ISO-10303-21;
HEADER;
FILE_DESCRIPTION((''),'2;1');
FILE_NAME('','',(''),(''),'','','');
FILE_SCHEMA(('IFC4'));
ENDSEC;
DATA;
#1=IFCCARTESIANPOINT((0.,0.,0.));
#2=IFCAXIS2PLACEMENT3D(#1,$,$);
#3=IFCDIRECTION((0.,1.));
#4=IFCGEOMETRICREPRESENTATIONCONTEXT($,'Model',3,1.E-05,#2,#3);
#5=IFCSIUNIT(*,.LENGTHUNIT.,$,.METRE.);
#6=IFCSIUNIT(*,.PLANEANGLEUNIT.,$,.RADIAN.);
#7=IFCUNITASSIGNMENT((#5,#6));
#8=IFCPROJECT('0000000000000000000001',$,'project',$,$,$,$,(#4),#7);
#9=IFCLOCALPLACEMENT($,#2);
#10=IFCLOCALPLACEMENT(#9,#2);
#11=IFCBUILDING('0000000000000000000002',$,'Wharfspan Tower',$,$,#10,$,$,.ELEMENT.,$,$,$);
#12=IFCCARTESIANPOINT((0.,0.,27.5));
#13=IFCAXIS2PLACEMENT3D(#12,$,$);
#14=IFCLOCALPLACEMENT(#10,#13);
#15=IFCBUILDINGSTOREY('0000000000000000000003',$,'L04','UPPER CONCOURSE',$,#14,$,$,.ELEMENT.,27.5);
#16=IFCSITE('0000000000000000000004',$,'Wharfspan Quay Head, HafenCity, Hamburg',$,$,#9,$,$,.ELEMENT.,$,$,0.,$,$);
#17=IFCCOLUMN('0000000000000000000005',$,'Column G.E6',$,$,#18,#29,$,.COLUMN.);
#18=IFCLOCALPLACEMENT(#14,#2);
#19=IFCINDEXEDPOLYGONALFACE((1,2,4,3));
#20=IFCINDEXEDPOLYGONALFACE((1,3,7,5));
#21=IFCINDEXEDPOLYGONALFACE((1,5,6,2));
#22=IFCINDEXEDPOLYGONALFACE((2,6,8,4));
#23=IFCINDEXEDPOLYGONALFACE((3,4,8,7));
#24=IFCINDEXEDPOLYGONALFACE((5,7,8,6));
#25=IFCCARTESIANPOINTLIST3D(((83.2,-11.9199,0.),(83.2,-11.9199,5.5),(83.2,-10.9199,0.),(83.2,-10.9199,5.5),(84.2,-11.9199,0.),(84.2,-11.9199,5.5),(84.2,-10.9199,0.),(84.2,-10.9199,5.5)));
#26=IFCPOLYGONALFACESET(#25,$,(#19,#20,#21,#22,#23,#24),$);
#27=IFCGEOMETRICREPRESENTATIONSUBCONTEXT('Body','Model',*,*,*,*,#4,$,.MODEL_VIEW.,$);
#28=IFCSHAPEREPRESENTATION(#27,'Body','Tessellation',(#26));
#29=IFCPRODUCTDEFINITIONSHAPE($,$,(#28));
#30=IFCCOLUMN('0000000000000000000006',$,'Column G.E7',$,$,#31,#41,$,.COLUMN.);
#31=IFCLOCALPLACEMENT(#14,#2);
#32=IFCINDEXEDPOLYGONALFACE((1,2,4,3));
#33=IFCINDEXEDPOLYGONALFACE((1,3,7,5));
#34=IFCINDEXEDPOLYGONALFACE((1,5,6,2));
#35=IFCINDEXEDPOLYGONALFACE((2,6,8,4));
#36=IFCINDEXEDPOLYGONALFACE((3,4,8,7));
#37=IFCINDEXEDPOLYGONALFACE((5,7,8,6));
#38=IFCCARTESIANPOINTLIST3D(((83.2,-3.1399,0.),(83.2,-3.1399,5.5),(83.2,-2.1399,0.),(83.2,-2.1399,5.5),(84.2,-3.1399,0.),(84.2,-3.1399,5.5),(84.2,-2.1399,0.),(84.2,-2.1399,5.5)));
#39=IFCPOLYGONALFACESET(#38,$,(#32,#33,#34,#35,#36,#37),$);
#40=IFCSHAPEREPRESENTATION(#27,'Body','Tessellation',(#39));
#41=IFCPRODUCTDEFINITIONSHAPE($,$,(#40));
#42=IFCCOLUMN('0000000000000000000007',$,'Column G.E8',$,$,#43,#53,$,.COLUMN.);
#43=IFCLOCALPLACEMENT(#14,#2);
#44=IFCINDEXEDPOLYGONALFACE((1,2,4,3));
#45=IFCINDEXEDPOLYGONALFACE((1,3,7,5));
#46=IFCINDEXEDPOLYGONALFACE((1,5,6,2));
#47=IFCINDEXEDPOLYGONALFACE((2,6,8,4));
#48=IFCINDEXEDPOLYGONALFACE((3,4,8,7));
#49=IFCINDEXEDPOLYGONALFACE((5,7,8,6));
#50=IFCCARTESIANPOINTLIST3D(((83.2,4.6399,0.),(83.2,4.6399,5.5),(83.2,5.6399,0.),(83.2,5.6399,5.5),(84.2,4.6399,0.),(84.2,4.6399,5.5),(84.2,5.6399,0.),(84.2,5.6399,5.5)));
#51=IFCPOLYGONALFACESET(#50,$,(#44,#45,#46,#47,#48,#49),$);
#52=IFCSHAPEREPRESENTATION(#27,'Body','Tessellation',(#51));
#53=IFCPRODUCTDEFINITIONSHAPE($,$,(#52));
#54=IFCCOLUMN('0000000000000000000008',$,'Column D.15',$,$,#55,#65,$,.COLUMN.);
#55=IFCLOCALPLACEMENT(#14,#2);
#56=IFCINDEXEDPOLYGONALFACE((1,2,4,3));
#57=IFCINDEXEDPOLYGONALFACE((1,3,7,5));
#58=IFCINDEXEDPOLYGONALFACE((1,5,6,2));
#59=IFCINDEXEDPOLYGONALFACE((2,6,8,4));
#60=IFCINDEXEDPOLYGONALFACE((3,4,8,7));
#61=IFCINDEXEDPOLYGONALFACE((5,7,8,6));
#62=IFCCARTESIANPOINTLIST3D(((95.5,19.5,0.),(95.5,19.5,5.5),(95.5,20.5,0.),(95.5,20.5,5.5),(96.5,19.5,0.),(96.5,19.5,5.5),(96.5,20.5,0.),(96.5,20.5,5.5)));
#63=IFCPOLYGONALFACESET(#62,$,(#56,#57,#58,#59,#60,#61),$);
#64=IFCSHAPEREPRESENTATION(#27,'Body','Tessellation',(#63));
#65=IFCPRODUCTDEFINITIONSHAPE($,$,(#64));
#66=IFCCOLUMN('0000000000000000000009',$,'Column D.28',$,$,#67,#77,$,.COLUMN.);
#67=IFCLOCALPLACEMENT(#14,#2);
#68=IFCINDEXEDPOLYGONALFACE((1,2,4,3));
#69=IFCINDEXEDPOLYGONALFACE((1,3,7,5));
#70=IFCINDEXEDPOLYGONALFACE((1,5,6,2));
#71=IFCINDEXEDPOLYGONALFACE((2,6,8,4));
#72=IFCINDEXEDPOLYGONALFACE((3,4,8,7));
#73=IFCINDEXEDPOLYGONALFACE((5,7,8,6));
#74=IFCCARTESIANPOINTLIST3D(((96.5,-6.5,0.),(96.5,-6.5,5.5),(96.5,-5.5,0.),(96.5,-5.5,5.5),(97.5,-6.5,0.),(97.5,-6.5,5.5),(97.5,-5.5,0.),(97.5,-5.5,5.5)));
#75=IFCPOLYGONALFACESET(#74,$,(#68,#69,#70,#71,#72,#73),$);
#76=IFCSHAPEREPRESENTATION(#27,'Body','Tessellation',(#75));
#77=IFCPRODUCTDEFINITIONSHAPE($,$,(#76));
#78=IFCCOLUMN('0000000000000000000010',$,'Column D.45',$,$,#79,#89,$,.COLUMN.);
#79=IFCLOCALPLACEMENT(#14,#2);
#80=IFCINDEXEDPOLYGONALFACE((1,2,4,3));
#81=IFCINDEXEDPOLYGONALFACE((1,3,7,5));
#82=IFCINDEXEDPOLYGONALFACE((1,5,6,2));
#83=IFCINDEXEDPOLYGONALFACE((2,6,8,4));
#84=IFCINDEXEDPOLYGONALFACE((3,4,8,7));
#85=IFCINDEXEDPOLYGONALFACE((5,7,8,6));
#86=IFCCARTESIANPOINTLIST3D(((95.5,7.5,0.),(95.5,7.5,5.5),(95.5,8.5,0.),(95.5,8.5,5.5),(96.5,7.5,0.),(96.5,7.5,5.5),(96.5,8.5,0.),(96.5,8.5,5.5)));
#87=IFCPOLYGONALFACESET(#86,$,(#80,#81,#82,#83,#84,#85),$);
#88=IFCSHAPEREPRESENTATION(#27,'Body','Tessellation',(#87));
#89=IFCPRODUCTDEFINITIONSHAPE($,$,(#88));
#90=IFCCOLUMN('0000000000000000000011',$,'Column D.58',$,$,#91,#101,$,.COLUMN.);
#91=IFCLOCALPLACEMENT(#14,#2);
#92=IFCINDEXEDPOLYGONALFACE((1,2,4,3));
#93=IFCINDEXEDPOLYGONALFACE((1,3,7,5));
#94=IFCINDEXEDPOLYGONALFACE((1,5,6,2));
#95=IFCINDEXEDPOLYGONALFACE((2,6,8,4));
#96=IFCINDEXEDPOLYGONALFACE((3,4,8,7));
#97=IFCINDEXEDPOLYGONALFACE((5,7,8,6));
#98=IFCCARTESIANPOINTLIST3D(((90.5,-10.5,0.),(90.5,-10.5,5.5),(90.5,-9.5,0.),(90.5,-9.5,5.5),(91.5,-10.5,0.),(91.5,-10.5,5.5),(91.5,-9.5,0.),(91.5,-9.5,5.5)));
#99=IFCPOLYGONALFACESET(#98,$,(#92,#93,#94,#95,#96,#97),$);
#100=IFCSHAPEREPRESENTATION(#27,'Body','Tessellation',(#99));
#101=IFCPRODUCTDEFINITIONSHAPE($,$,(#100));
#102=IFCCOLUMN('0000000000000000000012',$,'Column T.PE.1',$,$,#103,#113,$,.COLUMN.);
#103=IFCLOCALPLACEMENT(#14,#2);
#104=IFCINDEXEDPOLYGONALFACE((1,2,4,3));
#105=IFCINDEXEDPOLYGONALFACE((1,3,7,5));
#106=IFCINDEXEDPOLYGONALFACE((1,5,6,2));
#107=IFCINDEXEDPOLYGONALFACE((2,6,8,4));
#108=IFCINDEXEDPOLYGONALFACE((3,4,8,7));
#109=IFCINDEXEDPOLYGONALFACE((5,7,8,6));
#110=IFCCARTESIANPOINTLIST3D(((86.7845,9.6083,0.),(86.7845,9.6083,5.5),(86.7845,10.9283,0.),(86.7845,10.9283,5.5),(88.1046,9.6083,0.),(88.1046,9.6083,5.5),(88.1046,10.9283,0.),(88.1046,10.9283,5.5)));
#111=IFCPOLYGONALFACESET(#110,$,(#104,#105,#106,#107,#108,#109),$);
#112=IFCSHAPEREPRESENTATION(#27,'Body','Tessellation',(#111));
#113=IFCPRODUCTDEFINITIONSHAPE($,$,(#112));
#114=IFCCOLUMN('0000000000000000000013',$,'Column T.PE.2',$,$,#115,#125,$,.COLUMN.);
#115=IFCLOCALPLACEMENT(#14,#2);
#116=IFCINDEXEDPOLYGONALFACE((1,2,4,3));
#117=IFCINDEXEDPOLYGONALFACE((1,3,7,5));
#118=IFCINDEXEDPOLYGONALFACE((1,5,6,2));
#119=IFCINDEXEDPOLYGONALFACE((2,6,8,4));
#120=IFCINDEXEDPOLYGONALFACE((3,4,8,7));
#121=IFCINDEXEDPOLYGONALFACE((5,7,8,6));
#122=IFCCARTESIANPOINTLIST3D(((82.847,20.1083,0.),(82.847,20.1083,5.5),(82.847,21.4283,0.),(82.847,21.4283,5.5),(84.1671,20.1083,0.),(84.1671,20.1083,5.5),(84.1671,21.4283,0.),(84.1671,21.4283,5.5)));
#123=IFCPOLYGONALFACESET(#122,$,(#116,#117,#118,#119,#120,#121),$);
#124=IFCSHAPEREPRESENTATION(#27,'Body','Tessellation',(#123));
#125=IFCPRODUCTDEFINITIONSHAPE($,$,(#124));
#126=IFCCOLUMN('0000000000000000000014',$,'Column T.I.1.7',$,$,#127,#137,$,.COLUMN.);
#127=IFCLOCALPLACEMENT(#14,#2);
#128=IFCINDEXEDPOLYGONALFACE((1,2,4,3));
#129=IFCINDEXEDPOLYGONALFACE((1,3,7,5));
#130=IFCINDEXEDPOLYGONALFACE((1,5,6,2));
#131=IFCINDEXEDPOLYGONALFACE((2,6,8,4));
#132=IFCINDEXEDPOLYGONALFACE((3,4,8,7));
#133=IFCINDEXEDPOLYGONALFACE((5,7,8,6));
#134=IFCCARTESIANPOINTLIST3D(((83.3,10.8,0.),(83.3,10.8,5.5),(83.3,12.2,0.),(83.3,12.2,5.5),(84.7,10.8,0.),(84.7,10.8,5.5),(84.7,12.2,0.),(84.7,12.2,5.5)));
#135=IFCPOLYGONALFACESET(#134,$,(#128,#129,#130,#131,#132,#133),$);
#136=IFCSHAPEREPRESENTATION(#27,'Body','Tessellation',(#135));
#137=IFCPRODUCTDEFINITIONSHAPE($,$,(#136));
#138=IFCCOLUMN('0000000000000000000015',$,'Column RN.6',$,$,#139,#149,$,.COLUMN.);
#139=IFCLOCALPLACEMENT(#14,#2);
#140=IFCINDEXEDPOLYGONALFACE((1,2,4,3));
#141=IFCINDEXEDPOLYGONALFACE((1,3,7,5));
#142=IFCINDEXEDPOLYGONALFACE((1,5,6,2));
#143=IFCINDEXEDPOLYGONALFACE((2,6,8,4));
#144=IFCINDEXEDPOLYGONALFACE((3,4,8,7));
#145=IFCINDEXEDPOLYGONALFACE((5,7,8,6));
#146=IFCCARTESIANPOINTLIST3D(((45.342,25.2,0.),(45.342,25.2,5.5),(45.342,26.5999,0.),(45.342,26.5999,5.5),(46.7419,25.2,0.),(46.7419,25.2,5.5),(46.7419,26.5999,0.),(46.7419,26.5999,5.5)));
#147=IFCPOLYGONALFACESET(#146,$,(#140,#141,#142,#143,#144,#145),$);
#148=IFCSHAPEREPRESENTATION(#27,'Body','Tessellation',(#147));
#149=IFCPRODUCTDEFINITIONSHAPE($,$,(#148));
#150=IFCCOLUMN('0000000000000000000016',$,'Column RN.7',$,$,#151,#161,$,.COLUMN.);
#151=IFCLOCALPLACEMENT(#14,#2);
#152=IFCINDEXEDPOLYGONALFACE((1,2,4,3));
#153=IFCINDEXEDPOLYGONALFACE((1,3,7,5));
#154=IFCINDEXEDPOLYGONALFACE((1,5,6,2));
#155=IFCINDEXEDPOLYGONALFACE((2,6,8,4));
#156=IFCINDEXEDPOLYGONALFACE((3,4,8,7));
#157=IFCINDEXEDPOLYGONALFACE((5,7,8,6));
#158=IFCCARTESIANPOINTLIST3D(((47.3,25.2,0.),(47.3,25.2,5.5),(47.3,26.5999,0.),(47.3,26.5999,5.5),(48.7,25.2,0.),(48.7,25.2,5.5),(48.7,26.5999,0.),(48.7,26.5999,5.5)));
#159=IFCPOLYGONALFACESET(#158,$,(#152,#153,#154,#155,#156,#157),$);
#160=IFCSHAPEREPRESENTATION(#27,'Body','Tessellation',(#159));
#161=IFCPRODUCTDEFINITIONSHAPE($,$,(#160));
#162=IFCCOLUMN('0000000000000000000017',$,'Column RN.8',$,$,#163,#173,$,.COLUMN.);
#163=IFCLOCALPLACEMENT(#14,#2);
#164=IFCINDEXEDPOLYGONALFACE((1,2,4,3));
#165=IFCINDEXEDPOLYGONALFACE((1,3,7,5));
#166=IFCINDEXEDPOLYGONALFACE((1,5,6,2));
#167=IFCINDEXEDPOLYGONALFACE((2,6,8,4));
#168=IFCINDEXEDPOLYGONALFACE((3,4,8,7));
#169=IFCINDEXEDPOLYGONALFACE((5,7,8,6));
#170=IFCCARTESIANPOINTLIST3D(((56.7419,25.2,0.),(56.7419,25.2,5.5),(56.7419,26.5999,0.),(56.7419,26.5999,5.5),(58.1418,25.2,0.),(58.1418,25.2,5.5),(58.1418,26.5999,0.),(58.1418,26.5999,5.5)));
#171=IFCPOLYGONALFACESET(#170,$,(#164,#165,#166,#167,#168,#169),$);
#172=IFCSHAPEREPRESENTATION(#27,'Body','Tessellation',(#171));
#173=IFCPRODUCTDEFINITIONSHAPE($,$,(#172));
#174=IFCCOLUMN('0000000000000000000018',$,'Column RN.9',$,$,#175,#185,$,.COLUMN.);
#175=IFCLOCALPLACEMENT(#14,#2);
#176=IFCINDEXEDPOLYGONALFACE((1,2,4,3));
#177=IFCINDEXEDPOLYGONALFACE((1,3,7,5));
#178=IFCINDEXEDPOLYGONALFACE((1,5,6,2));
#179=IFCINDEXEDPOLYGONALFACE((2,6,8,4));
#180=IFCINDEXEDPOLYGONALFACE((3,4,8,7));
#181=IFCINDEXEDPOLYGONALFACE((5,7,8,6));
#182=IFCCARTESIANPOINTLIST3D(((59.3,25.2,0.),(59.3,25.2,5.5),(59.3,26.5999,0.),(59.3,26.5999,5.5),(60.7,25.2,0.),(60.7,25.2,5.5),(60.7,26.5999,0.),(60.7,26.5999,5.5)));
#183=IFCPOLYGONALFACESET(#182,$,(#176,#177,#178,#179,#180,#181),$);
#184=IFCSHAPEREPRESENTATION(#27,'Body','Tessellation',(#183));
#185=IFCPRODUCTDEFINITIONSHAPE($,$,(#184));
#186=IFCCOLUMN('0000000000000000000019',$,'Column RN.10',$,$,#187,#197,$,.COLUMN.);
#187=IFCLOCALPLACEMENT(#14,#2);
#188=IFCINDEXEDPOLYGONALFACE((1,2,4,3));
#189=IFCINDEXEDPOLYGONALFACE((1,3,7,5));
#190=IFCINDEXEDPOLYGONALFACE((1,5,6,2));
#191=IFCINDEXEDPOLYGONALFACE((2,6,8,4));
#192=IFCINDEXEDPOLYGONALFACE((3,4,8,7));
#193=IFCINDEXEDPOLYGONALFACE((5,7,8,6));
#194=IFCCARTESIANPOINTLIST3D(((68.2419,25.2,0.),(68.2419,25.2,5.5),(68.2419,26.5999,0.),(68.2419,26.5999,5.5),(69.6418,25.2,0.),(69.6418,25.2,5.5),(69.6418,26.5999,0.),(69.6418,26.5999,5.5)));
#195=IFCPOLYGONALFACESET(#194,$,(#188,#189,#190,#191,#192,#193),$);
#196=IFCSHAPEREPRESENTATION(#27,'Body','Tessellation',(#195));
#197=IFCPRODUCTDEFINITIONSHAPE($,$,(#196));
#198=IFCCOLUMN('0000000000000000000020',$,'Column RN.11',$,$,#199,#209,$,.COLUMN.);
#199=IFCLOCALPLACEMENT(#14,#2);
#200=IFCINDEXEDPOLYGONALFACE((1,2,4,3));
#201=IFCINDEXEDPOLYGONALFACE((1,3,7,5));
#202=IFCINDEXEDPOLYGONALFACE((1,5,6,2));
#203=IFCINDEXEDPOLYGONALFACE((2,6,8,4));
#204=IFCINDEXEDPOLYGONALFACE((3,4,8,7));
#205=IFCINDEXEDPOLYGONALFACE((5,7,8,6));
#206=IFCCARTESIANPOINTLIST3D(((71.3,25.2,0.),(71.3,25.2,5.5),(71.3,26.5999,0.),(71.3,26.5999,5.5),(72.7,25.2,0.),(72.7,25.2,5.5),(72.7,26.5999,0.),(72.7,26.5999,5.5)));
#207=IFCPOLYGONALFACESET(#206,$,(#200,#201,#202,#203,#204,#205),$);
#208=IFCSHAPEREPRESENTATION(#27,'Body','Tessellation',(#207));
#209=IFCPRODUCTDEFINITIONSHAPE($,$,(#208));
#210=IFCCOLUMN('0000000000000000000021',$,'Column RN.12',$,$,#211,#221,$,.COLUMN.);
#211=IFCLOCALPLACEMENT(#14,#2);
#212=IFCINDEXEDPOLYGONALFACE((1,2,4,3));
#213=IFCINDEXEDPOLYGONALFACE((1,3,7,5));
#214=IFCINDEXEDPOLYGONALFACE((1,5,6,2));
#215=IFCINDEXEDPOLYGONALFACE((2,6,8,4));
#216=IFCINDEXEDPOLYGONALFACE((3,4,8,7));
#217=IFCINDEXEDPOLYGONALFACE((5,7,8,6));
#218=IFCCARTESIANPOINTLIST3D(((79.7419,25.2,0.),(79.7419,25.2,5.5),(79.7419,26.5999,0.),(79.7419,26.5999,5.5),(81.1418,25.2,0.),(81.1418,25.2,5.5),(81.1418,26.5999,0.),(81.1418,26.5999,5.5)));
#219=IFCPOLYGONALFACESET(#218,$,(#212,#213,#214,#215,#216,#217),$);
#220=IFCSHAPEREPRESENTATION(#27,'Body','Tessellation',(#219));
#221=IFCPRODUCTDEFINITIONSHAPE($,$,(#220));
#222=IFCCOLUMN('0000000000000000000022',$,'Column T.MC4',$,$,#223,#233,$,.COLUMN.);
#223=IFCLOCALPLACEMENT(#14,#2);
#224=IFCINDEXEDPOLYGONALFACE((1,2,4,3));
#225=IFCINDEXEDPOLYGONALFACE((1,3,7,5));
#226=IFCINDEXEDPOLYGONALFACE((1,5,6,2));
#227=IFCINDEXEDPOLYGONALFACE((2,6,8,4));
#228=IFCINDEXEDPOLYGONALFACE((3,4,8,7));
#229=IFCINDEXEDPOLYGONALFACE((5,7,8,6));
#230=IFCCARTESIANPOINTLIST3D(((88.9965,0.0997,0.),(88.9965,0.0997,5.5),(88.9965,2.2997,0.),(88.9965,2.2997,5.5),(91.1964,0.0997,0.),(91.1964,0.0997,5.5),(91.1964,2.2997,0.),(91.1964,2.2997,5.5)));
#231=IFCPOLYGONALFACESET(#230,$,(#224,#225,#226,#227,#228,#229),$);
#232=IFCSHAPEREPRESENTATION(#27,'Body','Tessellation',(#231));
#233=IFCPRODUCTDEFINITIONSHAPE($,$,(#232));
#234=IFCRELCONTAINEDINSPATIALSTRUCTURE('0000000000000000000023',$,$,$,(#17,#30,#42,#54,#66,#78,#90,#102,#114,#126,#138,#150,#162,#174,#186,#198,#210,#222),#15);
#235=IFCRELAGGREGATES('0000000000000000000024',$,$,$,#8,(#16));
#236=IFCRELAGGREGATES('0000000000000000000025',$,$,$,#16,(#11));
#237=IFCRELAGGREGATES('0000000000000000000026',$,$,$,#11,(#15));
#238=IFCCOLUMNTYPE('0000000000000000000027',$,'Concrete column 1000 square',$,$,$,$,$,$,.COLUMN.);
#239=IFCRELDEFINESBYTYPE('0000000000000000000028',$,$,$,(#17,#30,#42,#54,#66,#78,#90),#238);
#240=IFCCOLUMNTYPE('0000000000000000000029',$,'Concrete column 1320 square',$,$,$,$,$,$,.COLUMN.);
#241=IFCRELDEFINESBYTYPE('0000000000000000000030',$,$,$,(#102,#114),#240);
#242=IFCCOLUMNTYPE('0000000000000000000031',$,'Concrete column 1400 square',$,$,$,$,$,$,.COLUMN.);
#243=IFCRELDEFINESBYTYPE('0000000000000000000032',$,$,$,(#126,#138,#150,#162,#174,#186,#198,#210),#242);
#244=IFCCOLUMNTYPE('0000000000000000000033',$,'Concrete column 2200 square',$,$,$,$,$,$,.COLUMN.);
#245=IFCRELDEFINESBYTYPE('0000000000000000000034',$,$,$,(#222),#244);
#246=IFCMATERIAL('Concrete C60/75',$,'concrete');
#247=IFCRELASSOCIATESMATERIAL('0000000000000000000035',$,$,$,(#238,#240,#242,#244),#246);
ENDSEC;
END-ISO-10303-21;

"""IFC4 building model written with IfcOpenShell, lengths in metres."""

from ifc_helpers import new_model, si_unit, direction, frame, origin, origin_2d, place, context, subcontext, project, spatial, rectangle, extrude, material, material_profile, profile_set, type_object, element, save


model = new_model("IFC4")

# Units and contexts
model_context = context("Model", 3, precision=1e-05, world=origin(), true_north=direction((0.0, 1.0)))
body_context = subcontext(model_context, "Body", "Model", "MODEL_VIEW")
ifc_project = project(units=[si_unit("LENGTHUNIT", "METRE"), si_unit("PLANEANGLEUNIT", "RADIAN")], contexts=[model_context])

# Site, building, storey
site_placement = place(None, origin())
site = spatial("IfcSite", under=ifc_project, at=site_placement, Name="Wharfspan Quay Head, HafenCity, Hamburg", CompositionType="ELEMENT", RefElevation=0.0)
building_placement = place(site_placement, origin())
building = spatial("IfcBuilding", under=site, at=building_placement, Name="Wharfspan Tower", CompositionType="ELEMENT")
storey_placement = place(building_placement, frame((0.0, 0.0, 27.5)))
storey = spatial("IfcBuildingStorey", under=building, at=storey_placement, Name="L04", Description="UPPER CONCOURSE", CompositionType="ELEMENT", Elevation=27.5)

# Columns
ifc_material_1 = material(Name="Concrete C60/75", Category="concrete")
ifc_material_profile_1 = material_profile(ifc_material_1, rectangle(XDim=1.0, YDim=1.0, at=origin_2d()))
ifc_profile_set_1 = profile_set([ifc_material_profile_1], Name="Concrete C60/75")
column_type_1 = type_object("IfcColumnType", Name="Concrete column 1000 square", PredefinedType="COLUMN", material=ifc_profile_set_1)
for number, where, z_axis, x_axis, name in (
    (1, (83.7, -11.4199, 0.0), (0.0, 0.0, 1.0), (1.0, 0.0, 0.0), "Column G.E6"),
    (2, (83.7, -2.6399, 0.0), (0.0, 0.0, 1.0), (1.0, 0.0, 0.0), "Column G.E7"),
    (3, (83.7, 5.1399, 0.0), (0.0, 0.0, 1.0), (1.0, 0.0, 0.0), "Column G.E8"),
    (4, (96.0, 20.0, 0.0), (0.0, 0.0, 1.0), (1.0, 0.0, 0.0), "Column D.15"),
    (5, (97.0, -6.0, 0.0), (0.0, 0.0, 1.0), (1.0, 0.0, 0.0), "Column D.28"),
    (6, (96.0, 8.0, 0.0), (0.0, 0.0, 1.0), (1.0, 0.0, 0.0), "Column D.45"),
    (7, (91.0, -10.0, 0.0), (0.0, 0.0, 1.0), (1.0, 0.0, 0.0), "Column D.58"),
):
    element("IfcColumn", number, at=place(storey_placement, frame(where, z_axis=z_axis, x_axis=x_axis)), inside=storey, type_object=column_type_1, Name=name, PredefinedType="COLUMN", context=body_context, shape_type="SweptSolid", body=[
        extrude(rectangle(XDim=1.0, YDim=1.0, at=origin_2d()), origin(), (0.0, 0.0, 1.0), 5.5),
    ])
ifc_material_profile_2 = material_profile(ifc_material_1, rectangle(XDim=1.3201, YDim=1.3201, at=origin_2d()))
ifc_profile_set_2 = profile_set([ifc_material_profile_2], Name="Concrete C60/75")
column_type_2 = type_object("IfcColumnType", Name="Concrete column 1320 square", PredefinedType="COLUMN", material=ifc_profile_set_2)
for number, where, z_axis, x_axis, name in (
    (8, (87.4446, 10.2683, 0.0), (0.0, 0.0, 1.0), (1.0, 0.0, 0.0), "Column T.PE.1"),
    (9, (83.5071, 20.7683, 0.0), (0.0, 0.0, 1.0), (1.0, 0.0, 0.0), "Column T.PE.2"),
):
    element("IfcColumn", number, at=place(storey_placement, frame(where, z_axis=z_axis, x_axis=x_axis)), inside=storey, type_object=column_type_2, Name=name, PredefinedType="COLUMN", context=body_context, shape_type="SweptSolid", body=[
        extrude(rectangle(XDim=1.3201, YDim=1.3201, at=origin_2d()), origin(), (0.0, 0.0, 1.0), 5.5),
    ])
ifc_material_profile_3 = material_profile(ifc_material_1, rectangle(XDim=1.3999, YDim=1.3999, at=origin_2d()))
ifc_profile_set_3 = profile_set([ifc_material_profile_3], Name="Concrete C60/75")
column_type_3 = type_object("IfcColumnType", Name="Concrete column 1400 square", PredefinedType="COLUMN", material=ifc_profile_set_3)
for number, where, z_axis, x_axis, name in (
    (10, (84.0, 11.5, 0.0), (0.0, 0.0, 1.0), (1.0, 0.0, 0.0), "Column T.I.1.7"),
    (11, (46.042, 25.8999, 0.0), (0.0, 0.0, 1.0), (1.0, 0.0, 0.0), "Column RN.6"),
    (12, (48.0, 25.8999, 0.0), (0.0, 0.0, 1.0), (1.0, 0.0, 0.0), "Column RN.7"),
    (13, (57.4419, 25.8999, 0.0), (0.0, 0.0, 1.0), (1.0, 0.0, 0.0), "Column RN.8"),
    (14, (60.0, 25.8999, 0.0), (0.0, 0.0, 1.0), (1.0, 0.0, 0.0), "Column RN.9"),
    (15, (68.9419, 25.8999, 0.0), (0.0, 0.0, 1.0), (1.0, 0.0, 0.0), "Column RN.10"),
    (16, (72.0, 25.8999, 0.0), (0.0, 0.0, 1.0), (1.0, 0.0, 0.0), "Column RN.11"),
    (17, (80.4419, 25.8999, 0.0), (0.0, 0.0, 1.0), (1.0, 0.0, 0.0), "Column RN.12"),
):
    element("IfcColumn", number, at=place(storey_placement, frame(where, z_axis=z_axis, x_axis=x_axis)), inside=storey, type_object=column_type_3, Name=name, PredefinedType="COLUMN", context=body_context, shape_type="SweptSolid", body=[
        extrude(rectangle(XDim=1.3999, YDim=1.3999, at=origin_2d()), origin(), (0.0, 0.0, 1.0), 5.5),
    ])
ifc_material_profile_4 = material_profile(ifc_material_1, rectangle(XDim=2.2, YDim=2.2, at=origin_2d()))
ifc_profile_set_4 = profile_set([ifc_material_profile_4], Name="Concrete C60/75")
column_type_4 = type_object("IfcColumnType", Name="Concrete column 2200 square", PredefinedType="COLUMN", material=ifc_profile_set_4)
column_placement = place(storey_placement, frame((90.0964, 1.1997, 0.0), z_axis=(0.0, 0.0, 1.0), x_axis=(1.0, 0.0, 0.0)))
element("IfcColumn", 18, at=column_placement, inside=storey, type_object=column_type_4, Name="Column T.MC4", PredefinedType="COLUMN", context=body_context, shape_type="SweptSolid", body=[
    extrude(rectangle(XDim=2.2, YDim=2.2, at=origin_2d()), origin(), (0.0, 0.0, 1.0), 5.5),
])

save(model, "model.ifc")
